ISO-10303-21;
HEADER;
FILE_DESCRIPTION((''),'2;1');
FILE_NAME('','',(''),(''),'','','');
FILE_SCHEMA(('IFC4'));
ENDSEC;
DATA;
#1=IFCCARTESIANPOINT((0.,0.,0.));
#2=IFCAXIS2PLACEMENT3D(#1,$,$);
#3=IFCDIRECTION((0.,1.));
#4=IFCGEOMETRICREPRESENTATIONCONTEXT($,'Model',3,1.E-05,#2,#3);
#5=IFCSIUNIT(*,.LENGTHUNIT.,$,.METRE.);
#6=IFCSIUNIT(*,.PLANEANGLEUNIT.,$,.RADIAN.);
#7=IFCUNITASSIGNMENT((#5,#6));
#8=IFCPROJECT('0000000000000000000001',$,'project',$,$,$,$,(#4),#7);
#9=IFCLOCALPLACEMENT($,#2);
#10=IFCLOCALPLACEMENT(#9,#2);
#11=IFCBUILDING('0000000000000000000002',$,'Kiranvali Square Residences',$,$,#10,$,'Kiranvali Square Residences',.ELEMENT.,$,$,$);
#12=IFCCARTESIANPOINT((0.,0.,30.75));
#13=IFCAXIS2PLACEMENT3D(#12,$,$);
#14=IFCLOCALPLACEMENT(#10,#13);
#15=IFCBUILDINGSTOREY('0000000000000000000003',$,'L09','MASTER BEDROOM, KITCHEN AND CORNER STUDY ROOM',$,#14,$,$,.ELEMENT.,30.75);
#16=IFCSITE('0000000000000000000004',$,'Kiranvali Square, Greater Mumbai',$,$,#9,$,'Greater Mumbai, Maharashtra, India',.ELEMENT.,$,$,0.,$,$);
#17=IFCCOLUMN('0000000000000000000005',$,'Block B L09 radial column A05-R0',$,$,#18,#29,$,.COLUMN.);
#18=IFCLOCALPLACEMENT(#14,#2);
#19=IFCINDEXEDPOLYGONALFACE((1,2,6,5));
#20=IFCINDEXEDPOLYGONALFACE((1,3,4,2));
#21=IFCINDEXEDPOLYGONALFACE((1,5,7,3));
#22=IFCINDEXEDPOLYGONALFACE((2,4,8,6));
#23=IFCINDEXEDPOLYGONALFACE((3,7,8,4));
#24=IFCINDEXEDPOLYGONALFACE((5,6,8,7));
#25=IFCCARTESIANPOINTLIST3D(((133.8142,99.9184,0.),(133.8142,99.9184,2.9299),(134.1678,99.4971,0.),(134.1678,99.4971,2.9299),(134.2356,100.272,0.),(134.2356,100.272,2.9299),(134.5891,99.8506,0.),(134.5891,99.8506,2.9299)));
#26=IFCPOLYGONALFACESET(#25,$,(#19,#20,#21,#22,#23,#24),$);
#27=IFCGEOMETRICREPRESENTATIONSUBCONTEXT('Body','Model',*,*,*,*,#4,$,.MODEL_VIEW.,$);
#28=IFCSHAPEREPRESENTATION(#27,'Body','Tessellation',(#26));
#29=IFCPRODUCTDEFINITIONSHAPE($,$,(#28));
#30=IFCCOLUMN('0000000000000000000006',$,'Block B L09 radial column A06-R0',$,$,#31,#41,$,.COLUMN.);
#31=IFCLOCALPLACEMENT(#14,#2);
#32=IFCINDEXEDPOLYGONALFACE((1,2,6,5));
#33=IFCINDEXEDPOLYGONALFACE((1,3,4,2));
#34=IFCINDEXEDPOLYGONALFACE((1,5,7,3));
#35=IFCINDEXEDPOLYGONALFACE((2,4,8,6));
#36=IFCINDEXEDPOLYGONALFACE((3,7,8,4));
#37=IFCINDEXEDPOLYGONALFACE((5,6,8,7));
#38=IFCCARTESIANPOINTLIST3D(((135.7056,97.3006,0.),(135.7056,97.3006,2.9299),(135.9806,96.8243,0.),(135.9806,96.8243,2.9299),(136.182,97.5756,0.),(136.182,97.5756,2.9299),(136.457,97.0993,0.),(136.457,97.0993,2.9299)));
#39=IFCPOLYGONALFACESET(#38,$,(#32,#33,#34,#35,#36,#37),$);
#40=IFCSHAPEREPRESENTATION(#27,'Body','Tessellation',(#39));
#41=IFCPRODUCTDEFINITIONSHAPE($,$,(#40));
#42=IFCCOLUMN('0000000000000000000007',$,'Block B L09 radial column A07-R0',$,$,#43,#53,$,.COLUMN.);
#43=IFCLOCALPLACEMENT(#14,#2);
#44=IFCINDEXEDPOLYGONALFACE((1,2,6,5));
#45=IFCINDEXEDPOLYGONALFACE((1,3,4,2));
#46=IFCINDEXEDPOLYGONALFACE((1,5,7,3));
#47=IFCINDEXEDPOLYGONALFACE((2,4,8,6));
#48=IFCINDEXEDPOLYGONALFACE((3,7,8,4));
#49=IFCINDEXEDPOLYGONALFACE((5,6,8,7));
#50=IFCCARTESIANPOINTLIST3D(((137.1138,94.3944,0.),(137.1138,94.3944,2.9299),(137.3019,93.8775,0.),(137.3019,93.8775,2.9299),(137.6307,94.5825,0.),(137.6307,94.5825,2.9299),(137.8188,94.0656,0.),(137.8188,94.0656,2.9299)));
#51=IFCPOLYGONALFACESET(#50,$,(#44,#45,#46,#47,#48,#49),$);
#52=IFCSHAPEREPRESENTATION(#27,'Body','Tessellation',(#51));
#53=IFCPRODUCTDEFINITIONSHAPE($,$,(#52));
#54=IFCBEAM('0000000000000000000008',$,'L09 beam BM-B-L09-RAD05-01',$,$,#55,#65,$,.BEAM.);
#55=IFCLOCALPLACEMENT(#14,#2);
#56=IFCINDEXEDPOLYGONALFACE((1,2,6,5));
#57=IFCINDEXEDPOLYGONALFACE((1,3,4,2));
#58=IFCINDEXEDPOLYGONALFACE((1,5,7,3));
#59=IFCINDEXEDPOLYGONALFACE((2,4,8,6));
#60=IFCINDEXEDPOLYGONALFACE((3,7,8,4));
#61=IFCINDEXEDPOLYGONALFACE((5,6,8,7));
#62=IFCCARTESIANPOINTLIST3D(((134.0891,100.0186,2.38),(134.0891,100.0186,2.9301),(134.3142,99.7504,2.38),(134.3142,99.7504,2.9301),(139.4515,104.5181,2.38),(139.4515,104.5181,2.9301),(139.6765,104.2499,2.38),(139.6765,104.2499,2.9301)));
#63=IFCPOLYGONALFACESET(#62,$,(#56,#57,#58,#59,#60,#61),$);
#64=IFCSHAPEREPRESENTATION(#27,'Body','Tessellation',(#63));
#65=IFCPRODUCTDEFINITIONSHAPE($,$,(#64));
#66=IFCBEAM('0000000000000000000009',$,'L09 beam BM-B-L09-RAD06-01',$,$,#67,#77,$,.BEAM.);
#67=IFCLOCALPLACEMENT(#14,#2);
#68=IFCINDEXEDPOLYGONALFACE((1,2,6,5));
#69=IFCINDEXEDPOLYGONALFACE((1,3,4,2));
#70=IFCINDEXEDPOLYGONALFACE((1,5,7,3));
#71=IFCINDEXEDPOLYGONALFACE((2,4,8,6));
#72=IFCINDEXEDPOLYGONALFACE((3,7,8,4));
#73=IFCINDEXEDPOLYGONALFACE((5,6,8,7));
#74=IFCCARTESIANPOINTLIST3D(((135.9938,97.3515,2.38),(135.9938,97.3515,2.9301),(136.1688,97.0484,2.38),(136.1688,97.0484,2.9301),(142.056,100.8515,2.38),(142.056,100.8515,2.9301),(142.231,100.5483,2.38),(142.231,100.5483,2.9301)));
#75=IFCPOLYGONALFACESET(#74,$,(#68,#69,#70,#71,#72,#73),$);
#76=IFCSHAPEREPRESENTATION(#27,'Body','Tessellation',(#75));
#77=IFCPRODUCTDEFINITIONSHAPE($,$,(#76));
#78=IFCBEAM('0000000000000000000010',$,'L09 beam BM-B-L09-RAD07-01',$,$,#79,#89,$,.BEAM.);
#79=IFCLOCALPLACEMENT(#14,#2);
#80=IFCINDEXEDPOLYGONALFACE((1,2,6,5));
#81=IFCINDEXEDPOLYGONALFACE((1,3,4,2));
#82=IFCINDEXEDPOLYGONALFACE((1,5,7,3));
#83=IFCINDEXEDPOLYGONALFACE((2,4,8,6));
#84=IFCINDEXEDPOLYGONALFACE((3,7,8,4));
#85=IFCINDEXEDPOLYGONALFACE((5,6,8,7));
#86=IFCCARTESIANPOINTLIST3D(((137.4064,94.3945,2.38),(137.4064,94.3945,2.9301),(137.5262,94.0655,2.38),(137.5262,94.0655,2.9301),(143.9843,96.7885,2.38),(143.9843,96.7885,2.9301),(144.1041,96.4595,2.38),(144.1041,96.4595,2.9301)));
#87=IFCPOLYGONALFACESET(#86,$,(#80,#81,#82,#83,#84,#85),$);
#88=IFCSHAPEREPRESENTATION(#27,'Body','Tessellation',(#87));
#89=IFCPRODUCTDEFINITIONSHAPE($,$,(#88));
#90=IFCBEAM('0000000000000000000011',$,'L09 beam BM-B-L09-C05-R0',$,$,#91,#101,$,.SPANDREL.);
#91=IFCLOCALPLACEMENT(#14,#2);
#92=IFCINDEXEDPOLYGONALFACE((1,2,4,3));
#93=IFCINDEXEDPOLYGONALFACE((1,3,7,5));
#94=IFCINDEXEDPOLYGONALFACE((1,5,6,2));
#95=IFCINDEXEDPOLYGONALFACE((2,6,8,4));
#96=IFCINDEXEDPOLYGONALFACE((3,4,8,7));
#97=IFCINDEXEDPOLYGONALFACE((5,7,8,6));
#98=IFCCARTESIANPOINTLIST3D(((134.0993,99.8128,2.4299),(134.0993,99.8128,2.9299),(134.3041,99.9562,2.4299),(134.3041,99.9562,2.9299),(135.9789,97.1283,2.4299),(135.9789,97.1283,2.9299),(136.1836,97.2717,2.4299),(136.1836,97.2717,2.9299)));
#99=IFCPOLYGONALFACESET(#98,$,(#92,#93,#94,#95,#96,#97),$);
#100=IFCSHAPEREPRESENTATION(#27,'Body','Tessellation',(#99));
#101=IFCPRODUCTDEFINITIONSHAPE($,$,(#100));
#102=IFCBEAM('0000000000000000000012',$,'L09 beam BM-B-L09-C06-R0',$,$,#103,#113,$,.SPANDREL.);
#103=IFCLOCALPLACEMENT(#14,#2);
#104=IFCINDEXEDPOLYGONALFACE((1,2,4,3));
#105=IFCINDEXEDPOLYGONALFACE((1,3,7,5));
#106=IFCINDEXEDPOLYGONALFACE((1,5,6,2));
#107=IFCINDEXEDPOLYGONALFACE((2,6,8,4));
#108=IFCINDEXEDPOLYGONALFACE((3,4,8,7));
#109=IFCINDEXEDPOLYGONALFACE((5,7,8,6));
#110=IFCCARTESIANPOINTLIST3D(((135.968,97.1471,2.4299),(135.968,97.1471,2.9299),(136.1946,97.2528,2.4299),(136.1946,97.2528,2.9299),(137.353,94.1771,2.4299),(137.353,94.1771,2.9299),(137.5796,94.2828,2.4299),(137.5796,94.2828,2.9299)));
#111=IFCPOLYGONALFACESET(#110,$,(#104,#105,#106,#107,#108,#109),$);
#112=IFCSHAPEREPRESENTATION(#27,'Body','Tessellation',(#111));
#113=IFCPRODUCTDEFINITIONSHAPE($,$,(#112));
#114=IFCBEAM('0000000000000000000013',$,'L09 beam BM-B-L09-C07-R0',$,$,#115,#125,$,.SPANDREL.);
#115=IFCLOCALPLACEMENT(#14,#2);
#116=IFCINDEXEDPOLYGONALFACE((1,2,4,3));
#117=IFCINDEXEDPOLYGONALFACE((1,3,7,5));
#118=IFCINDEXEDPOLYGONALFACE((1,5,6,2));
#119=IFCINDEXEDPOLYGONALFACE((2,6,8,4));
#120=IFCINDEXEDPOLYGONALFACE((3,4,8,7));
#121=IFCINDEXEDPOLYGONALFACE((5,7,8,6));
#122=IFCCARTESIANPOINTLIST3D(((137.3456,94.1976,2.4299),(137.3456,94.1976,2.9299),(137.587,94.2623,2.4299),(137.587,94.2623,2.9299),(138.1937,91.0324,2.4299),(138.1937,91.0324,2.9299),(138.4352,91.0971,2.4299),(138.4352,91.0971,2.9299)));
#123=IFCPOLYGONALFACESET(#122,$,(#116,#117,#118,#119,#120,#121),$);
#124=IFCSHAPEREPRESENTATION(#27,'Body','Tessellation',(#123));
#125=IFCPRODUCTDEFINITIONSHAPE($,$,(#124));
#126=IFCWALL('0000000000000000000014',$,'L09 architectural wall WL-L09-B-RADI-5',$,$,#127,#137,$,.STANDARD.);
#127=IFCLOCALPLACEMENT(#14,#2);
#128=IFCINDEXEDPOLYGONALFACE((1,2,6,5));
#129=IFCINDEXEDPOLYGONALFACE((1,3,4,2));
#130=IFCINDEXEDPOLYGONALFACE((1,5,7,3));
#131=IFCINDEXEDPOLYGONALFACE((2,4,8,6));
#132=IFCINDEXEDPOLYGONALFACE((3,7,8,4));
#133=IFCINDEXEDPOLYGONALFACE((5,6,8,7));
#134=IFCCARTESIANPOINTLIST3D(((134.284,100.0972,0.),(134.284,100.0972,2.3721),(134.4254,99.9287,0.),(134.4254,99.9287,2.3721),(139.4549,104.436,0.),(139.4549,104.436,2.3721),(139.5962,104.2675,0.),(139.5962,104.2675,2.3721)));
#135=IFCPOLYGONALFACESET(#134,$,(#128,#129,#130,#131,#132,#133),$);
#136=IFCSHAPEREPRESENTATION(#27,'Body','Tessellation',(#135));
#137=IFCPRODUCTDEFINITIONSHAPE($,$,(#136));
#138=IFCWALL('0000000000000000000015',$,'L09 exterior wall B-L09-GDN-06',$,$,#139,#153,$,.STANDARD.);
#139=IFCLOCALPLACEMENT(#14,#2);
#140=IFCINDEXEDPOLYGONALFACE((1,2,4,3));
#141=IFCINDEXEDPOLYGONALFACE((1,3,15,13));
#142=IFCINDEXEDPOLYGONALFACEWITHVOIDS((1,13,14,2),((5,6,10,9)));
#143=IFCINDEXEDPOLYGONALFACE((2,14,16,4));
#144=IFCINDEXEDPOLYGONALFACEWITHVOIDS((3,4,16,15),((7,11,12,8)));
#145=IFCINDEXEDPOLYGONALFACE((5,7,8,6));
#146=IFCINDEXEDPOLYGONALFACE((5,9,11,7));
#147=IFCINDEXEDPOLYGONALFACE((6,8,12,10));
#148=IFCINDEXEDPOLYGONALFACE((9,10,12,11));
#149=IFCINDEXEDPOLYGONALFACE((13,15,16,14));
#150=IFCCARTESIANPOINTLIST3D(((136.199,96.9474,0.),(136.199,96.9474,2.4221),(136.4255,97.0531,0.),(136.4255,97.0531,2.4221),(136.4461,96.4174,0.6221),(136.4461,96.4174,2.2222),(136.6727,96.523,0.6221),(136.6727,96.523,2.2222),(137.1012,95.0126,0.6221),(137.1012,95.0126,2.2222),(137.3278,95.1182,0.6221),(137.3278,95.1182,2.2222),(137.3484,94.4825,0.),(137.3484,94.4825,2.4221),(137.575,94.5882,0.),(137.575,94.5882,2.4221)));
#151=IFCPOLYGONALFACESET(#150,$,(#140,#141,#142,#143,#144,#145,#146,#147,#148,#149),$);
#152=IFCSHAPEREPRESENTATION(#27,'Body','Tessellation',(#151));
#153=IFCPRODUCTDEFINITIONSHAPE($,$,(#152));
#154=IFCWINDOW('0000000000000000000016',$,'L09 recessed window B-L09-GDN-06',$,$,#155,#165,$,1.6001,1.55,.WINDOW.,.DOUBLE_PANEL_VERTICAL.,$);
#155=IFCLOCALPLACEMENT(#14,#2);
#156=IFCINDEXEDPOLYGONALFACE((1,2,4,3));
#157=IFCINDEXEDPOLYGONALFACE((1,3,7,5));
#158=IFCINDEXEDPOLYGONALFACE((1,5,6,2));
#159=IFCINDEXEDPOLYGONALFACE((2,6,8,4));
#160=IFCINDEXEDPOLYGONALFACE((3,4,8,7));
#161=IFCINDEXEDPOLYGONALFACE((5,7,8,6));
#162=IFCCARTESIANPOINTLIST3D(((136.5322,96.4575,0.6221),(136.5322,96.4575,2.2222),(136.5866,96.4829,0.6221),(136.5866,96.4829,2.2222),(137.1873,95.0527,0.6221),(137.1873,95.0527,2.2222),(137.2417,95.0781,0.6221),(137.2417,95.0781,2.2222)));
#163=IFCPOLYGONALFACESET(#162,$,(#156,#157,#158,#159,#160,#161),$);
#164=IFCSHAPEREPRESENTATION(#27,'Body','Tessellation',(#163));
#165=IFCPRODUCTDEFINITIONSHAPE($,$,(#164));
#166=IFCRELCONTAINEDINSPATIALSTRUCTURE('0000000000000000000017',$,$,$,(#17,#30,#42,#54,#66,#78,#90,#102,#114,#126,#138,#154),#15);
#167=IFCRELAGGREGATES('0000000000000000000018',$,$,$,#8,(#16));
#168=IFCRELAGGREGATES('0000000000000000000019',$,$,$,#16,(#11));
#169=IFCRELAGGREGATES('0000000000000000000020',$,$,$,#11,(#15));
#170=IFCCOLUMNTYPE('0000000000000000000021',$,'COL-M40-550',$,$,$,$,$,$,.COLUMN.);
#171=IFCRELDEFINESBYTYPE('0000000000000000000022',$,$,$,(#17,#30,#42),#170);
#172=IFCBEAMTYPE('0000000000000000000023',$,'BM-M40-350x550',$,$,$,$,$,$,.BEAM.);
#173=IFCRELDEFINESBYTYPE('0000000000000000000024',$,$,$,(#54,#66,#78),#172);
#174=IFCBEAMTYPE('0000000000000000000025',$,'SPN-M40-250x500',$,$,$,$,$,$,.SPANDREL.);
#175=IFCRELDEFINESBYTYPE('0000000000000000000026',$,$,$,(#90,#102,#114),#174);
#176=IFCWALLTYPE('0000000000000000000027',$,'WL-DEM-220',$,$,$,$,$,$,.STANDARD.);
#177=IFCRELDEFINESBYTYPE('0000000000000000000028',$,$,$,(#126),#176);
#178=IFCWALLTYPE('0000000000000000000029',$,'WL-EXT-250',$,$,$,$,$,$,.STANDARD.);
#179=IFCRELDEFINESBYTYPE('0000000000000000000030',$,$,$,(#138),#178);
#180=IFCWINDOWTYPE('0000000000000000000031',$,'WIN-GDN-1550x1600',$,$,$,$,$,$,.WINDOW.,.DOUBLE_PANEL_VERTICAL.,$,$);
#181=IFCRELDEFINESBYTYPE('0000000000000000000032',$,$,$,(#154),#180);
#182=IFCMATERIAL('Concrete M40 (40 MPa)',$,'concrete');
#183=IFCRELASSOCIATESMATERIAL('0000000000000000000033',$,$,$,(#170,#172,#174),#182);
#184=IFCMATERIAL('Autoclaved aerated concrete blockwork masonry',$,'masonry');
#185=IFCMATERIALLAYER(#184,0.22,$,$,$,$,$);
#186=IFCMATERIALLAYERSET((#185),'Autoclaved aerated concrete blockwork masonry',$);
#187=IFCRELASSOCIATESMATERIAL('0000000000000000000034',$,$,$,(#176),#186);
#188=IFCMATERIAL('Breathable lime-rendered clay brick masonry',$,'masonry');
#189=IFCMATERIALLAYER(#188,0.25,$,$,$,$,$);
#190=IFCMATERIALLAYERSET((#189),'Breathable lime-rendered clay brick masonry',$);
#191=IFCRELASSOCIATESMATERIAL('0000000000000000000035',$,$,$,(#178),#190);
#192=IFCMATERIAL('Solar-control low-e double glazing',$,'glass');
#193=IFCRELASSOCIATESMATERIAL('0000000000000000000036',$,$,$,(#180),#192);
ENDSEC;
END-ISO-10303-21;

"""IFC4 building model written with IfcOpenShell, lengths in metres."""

from ifc_helpers import new_model, si_unit, direction, frame, frame_2d, origin, origin_2d, place, context, subcontext, project, spatial, rectangle, extrude, material, layer, layer_set, material_profile, profile_set, type_object, element, fill, save


model = new_model("IFC4")

# Units and contexts
model_context = context("Model", 3, precision=1e-05, world=origin(), true_north=direction((0.0, 1.0)))
body_context = subcontext(model_context, "Body", "Model", "MODEL_VIEW")
ifc_project = project(units=[si_unit("LENGTHUNIT", "METRE"), si_unit("PLANEANGLEUNIT", "RADIAN")], contexts=[model_context])

# Site, building, storey
site_placement = place(None, origin())
site = spatial("IfcSite", under=ifc_project, at=site_placement, Name="Kiranvali Square, Greater Mumbai", LongName="Greater Mumbai, Maharashtra, India", CompositionType="ELEMENT", RefElevation=0.0)
building_placement = place(site_placement, origin())
building = spatial("IfcBuilding", under=site, at=building_placement, Name="Kiranvali Square Residences", LongName="Kiranvali Square Residences", CompositionType="ELEMENT")
storey_placement = place(building_placement, frame((0.0, 0.0, 30.75)))
storey = spatial("IfcBuildingStorey", under=building, at=storey_placement, Name="L09", Description="MASTER BEDROOM, KITCHEN AND CORNER STUDY ROOM", CompositionType="ELEMENT", Elevation=30.75)

# Columns
ifc_material_1 = material(Name="Concrete M40 (40 MPa)", Category="concrete")
ifc_material_profile_1 = material_profile(ifc_material_1, rectangle(XDim=0.55, YDim=0.55, at=origin_2d()), Name="RC 550x550")
ifc_profile_set_1 = profile_set([ifc_material_profile_1], Name="Concrete M40 (40 MPa)")
column_type = type_object("IfcColumnType", Name="COL-M40-550", PredefinedType="COLUMN", material=ifc_profile_set_1)
for number, where, z_axis, x_axis, name in (
    (1, (134.2017, 99.8845, 0.0), (0.0, 0.0, 1.0), (-0.642788, 0.766044, 0.0), "Block B L09 radial column A05-R0"),
    (2, (136.0813, 97.2, 0.0), (0.0, 0.0, 1.0), (-0.5, 0.866025, 0.0), "Block B L09 radial column A06-R0"),
    (3, (137.4663, 94.23, 0.0), (0.0, 0.0, 1.0), (-0.34202, 0.939693, 0.0), "Block B L09 radial column A07-R0"),
):
    element("IfcColumn", number, at=place(storey_placement, frame(where, z_axis=z_axis, x_axis=x_axis)), inside=storey, type_object=column_type, Name=name, PredefinedType="COLUMN", context=body_context, shape_type="SweptSolid", body=[
        extrude(rectangle(XDim=0.55, YDim=0.55, at=origin_2d()), origin(), (0.0, 0.0, 1.0), 2.9299),
    ])

# Beams
ifc_material_profile_2 = material_profile(ifc_material_1, rectangle(XDim=0.3501, YDim=0.55, at=origin_2d()), Name="RC 350x550")
ifc_profile_set_2 = profile_set([ifc_material_profile_2], Name="Concrete M40 (40 MPa)")
beam_type_1 = type_object("IfcBeamType", Name="BM-M40-350x550", PredefinedType="BEAM", material=ifc_profile_set_2)
for number, where, z_axis, x_axis, name in (
    (4, (134.2017, 99.8845, 2.655), (0.766044, 0.642788, 0.0), (-0.642788, 0.766044, 0.0), "L09 beam BM-B-L09-RAD05-01"),
    (5, (136.0813, 97.2, 2.655), (0.866028, 0.499995, 0.0), (-0.499995, 0.866028, 0.0), "L09 beam BM-B-L09-RAD06-01"),
    (6, (137.4663, 94.23, 2.655), (0.939698, 0.342006, 0.0), (-0.342006, 0.939698, 0.0), "L09 beam BM-B-L09-RAD07-01"),
):
    element("IfcBeam", number, at=place(storey_placement, frame(where, z_axis=z_axis, x_axis=x_axis)), inside=storey, type_object=beam_type_1, Name=name, PredefinedType="BEAM", context=body_context, shape_type="SweptSolid", body=[
        extrude(rectangle(XDim=0.3501, YDim=0.55, at=origin_2d()), origin(), (0.0, 0.0, 1.0), 7.0),
    ])
ifc_material_profile_3 = material_profile(ifc_material_1, rectangle(XDim=0.25, YDim=0.5, at=origin_2d()), Name="RC 250x500")
ifc_profile_set_3 = profile_set([ifc_material_profile_3], Name="Concrete M40 (40 MPa)")
beam_type_2 = type_object("IfcBeamType", Name="SPN-M40-250x500", PredefinedType="SPANDREL", material=ifc_profile_set_3)
for number, where, z_axis, x_axis, name in (
    (7, (134.2017, 99.8845, 2.6799), (0.573552, -0.819169, 0.0), (0.819169, 0.573552, 0.0), "L09 beam BM-B-L09-C05-R0"),
    (8, (136.0813, 97.2, 2.6799), (0.422641, -0.906297, 0.0), (0.906297, 0.422641, 0.0), "L09 beam BM-B-L09-C06-R0"),
):
    element("IfcBeam", number, at=place(storey_placement, frame(where, z_axis=z_axis, x_axis=x_axis)), inside=storey, type_object=beam_type_2, Name=name, PredefinedType="SPANDREL", context=body_context, shape_type="SweptSolid", body=[
        extrude(rectangle(XDim=0.25, YDim=0.5, at=origin_2d()), origin(), (0.0, 0.0, 1.0), 3.2771),
    ])
beam_placement = place(storey_placement, frame((137.4663, 94.23, 2.6799), z_axis=(0.258822, -0.965925, 0.0), x_axis=(0.965925, 0.258822, 0.0)))
element("IfcBeam", 9, at=beam_placement, inside=storey, type_object=beam_type_2, Name="L09 beam BM-B-L09-C07-R0", PredefinedType="SPANDREL", context=body_context, shape_type="SweptSolid", body=[
    extrude(rectangle(XDim=0.25, YDim=0.5, at=origin_2d()), origin(), (0.0, 0.0, 1.0), 3.2769),
])

# Wall
ifc_material_2 = material(Name="Autoclaved aerated concrete blockwork masonry", Category="masonry")
ifc_layer_1 = layer(ifc_material_2, 0.22)
ifc_layer_set_1 = layer_set([ifc_layer_1], Name="Autoclaved aerated concrete blockwork masonry")
wall_type_1 = type_object("IfcWallType", Name="WL-DEM-220", PredefinedType="STANDARD", material=ifc_layer_set_1)
wall_1_placement = place(storey_placement, frame((134.3547, 100.0129, 0.0), z_axis=(0.0, 0.0, 1.0), x_axis=(0.766047, 0.642785, 0.0)))
element("IfcWall", 10, at=wall_1_placement, inside=storey, type_object=wall_type_1, Name="L09 architectural wall WL-L09-B-RADI-5", PredefinedType="STANDARD", context=body_context, shape_type="SweptSolid", body=[
    extrude(rectangle(XDim=6.75, YDim=0.22, at=frame_2d((3.375, 0.0))), origin(), (0.0, 0.0, 1.0), 2.3721),
])

# Shared definitions
ifc_material_3 = material(Name="Breathable lime-rendered clay brick masonry", Category="masonry")
ifc_layer_2 = layer(ifc_material_3, 0.25)
ifc_layer_set_2 = layer_set([ifc_layer_2], Name="Breathable lime-rendered clay brick masonry")
wall_type_2 = type_object("IfcWallType", Name="WL-EXT-250", PredefinedType="STANDARD", material=ifc_layer_set_2)

# Wall, opening, window
wall_2_placement = place(storey_placement, frame((136.3123, 97.0002, 0.0), z_axis=(0.0, 0.0, 1.0), x_axis=(0.42263, -0.906302, 0.0)))
wall_2 = element("IfcWall", 11, at=wall_2_placement, inside=storey, type_object=wall_type_2, Name="L09 exterior wall B-L09-GDN-06", PredefinedType="STANDARD", context=body_context, shape_type="SweptSolid", body=[
    extrude(rectangle(XDim=2.7197, YDim=0.25, at=frame_2d((1.3599, 0.0))), origin(), (0.0, 0.0, 1.0), 2.4221),
])
opening_1_placement = place(wall_2_placement, frame((0.585, 0.0, 0.6221)))
opening_1 = element("IfcOpeningElement", 12, at=opening_1_placement, cuts=wall_2, PredefinedType="OPENING", context=body_context, shape_type="SweptSolid", body=[
    extrude(rectangle(XDim=1.55, YDim=1.6001, at=frame_2d((0.7749, 0.8))), frame((0.0, 0.135, 0.0), z_axis=(0.0, -1.0, 0.0), x_axis=(1.0, 0.0, 0.0)), (0.0, 0.0, 1.0), 0.27),
])
ifc_material_4 = material(Name="Solar-control low-e double glazing", Category="glass")
window_type = type_object("IfcWindowType", Name="WIN-GDN-1550x1600", PartitioningType="DOUBLE_PANEL_VERTICAL", PredefinedType="WINDOW", material=ifc_material_4)
window_placement = place(opening_1_placement, origin())
window = element("IfcWindow", 13, at=window_placement, inside=storey, type_object=window_type, Name="L09 recessed window B-L09-GDN-06", OverallHeight=1.6001, OverallWidth=1.55, PartitioningType="DOUBLE_PANEL_VERTICAL", PredefinedType="WINDOW", context=body_context, shape_type="SweptSolid", body=[
    extrude(rectangle(XDim=1.55, YDim=1.6001, at=frame_2d((0.7749, 0.8))), frame((0.0, 0.03, 0.0), z_axis=(0.0, -1.0, 0.0), x_axis=(1.0, 0.0, 0.0)), (0.0, 0.0, 1.0), 0.0601),
])
fill(opening_1, window)

save(model, "model.ifc")
